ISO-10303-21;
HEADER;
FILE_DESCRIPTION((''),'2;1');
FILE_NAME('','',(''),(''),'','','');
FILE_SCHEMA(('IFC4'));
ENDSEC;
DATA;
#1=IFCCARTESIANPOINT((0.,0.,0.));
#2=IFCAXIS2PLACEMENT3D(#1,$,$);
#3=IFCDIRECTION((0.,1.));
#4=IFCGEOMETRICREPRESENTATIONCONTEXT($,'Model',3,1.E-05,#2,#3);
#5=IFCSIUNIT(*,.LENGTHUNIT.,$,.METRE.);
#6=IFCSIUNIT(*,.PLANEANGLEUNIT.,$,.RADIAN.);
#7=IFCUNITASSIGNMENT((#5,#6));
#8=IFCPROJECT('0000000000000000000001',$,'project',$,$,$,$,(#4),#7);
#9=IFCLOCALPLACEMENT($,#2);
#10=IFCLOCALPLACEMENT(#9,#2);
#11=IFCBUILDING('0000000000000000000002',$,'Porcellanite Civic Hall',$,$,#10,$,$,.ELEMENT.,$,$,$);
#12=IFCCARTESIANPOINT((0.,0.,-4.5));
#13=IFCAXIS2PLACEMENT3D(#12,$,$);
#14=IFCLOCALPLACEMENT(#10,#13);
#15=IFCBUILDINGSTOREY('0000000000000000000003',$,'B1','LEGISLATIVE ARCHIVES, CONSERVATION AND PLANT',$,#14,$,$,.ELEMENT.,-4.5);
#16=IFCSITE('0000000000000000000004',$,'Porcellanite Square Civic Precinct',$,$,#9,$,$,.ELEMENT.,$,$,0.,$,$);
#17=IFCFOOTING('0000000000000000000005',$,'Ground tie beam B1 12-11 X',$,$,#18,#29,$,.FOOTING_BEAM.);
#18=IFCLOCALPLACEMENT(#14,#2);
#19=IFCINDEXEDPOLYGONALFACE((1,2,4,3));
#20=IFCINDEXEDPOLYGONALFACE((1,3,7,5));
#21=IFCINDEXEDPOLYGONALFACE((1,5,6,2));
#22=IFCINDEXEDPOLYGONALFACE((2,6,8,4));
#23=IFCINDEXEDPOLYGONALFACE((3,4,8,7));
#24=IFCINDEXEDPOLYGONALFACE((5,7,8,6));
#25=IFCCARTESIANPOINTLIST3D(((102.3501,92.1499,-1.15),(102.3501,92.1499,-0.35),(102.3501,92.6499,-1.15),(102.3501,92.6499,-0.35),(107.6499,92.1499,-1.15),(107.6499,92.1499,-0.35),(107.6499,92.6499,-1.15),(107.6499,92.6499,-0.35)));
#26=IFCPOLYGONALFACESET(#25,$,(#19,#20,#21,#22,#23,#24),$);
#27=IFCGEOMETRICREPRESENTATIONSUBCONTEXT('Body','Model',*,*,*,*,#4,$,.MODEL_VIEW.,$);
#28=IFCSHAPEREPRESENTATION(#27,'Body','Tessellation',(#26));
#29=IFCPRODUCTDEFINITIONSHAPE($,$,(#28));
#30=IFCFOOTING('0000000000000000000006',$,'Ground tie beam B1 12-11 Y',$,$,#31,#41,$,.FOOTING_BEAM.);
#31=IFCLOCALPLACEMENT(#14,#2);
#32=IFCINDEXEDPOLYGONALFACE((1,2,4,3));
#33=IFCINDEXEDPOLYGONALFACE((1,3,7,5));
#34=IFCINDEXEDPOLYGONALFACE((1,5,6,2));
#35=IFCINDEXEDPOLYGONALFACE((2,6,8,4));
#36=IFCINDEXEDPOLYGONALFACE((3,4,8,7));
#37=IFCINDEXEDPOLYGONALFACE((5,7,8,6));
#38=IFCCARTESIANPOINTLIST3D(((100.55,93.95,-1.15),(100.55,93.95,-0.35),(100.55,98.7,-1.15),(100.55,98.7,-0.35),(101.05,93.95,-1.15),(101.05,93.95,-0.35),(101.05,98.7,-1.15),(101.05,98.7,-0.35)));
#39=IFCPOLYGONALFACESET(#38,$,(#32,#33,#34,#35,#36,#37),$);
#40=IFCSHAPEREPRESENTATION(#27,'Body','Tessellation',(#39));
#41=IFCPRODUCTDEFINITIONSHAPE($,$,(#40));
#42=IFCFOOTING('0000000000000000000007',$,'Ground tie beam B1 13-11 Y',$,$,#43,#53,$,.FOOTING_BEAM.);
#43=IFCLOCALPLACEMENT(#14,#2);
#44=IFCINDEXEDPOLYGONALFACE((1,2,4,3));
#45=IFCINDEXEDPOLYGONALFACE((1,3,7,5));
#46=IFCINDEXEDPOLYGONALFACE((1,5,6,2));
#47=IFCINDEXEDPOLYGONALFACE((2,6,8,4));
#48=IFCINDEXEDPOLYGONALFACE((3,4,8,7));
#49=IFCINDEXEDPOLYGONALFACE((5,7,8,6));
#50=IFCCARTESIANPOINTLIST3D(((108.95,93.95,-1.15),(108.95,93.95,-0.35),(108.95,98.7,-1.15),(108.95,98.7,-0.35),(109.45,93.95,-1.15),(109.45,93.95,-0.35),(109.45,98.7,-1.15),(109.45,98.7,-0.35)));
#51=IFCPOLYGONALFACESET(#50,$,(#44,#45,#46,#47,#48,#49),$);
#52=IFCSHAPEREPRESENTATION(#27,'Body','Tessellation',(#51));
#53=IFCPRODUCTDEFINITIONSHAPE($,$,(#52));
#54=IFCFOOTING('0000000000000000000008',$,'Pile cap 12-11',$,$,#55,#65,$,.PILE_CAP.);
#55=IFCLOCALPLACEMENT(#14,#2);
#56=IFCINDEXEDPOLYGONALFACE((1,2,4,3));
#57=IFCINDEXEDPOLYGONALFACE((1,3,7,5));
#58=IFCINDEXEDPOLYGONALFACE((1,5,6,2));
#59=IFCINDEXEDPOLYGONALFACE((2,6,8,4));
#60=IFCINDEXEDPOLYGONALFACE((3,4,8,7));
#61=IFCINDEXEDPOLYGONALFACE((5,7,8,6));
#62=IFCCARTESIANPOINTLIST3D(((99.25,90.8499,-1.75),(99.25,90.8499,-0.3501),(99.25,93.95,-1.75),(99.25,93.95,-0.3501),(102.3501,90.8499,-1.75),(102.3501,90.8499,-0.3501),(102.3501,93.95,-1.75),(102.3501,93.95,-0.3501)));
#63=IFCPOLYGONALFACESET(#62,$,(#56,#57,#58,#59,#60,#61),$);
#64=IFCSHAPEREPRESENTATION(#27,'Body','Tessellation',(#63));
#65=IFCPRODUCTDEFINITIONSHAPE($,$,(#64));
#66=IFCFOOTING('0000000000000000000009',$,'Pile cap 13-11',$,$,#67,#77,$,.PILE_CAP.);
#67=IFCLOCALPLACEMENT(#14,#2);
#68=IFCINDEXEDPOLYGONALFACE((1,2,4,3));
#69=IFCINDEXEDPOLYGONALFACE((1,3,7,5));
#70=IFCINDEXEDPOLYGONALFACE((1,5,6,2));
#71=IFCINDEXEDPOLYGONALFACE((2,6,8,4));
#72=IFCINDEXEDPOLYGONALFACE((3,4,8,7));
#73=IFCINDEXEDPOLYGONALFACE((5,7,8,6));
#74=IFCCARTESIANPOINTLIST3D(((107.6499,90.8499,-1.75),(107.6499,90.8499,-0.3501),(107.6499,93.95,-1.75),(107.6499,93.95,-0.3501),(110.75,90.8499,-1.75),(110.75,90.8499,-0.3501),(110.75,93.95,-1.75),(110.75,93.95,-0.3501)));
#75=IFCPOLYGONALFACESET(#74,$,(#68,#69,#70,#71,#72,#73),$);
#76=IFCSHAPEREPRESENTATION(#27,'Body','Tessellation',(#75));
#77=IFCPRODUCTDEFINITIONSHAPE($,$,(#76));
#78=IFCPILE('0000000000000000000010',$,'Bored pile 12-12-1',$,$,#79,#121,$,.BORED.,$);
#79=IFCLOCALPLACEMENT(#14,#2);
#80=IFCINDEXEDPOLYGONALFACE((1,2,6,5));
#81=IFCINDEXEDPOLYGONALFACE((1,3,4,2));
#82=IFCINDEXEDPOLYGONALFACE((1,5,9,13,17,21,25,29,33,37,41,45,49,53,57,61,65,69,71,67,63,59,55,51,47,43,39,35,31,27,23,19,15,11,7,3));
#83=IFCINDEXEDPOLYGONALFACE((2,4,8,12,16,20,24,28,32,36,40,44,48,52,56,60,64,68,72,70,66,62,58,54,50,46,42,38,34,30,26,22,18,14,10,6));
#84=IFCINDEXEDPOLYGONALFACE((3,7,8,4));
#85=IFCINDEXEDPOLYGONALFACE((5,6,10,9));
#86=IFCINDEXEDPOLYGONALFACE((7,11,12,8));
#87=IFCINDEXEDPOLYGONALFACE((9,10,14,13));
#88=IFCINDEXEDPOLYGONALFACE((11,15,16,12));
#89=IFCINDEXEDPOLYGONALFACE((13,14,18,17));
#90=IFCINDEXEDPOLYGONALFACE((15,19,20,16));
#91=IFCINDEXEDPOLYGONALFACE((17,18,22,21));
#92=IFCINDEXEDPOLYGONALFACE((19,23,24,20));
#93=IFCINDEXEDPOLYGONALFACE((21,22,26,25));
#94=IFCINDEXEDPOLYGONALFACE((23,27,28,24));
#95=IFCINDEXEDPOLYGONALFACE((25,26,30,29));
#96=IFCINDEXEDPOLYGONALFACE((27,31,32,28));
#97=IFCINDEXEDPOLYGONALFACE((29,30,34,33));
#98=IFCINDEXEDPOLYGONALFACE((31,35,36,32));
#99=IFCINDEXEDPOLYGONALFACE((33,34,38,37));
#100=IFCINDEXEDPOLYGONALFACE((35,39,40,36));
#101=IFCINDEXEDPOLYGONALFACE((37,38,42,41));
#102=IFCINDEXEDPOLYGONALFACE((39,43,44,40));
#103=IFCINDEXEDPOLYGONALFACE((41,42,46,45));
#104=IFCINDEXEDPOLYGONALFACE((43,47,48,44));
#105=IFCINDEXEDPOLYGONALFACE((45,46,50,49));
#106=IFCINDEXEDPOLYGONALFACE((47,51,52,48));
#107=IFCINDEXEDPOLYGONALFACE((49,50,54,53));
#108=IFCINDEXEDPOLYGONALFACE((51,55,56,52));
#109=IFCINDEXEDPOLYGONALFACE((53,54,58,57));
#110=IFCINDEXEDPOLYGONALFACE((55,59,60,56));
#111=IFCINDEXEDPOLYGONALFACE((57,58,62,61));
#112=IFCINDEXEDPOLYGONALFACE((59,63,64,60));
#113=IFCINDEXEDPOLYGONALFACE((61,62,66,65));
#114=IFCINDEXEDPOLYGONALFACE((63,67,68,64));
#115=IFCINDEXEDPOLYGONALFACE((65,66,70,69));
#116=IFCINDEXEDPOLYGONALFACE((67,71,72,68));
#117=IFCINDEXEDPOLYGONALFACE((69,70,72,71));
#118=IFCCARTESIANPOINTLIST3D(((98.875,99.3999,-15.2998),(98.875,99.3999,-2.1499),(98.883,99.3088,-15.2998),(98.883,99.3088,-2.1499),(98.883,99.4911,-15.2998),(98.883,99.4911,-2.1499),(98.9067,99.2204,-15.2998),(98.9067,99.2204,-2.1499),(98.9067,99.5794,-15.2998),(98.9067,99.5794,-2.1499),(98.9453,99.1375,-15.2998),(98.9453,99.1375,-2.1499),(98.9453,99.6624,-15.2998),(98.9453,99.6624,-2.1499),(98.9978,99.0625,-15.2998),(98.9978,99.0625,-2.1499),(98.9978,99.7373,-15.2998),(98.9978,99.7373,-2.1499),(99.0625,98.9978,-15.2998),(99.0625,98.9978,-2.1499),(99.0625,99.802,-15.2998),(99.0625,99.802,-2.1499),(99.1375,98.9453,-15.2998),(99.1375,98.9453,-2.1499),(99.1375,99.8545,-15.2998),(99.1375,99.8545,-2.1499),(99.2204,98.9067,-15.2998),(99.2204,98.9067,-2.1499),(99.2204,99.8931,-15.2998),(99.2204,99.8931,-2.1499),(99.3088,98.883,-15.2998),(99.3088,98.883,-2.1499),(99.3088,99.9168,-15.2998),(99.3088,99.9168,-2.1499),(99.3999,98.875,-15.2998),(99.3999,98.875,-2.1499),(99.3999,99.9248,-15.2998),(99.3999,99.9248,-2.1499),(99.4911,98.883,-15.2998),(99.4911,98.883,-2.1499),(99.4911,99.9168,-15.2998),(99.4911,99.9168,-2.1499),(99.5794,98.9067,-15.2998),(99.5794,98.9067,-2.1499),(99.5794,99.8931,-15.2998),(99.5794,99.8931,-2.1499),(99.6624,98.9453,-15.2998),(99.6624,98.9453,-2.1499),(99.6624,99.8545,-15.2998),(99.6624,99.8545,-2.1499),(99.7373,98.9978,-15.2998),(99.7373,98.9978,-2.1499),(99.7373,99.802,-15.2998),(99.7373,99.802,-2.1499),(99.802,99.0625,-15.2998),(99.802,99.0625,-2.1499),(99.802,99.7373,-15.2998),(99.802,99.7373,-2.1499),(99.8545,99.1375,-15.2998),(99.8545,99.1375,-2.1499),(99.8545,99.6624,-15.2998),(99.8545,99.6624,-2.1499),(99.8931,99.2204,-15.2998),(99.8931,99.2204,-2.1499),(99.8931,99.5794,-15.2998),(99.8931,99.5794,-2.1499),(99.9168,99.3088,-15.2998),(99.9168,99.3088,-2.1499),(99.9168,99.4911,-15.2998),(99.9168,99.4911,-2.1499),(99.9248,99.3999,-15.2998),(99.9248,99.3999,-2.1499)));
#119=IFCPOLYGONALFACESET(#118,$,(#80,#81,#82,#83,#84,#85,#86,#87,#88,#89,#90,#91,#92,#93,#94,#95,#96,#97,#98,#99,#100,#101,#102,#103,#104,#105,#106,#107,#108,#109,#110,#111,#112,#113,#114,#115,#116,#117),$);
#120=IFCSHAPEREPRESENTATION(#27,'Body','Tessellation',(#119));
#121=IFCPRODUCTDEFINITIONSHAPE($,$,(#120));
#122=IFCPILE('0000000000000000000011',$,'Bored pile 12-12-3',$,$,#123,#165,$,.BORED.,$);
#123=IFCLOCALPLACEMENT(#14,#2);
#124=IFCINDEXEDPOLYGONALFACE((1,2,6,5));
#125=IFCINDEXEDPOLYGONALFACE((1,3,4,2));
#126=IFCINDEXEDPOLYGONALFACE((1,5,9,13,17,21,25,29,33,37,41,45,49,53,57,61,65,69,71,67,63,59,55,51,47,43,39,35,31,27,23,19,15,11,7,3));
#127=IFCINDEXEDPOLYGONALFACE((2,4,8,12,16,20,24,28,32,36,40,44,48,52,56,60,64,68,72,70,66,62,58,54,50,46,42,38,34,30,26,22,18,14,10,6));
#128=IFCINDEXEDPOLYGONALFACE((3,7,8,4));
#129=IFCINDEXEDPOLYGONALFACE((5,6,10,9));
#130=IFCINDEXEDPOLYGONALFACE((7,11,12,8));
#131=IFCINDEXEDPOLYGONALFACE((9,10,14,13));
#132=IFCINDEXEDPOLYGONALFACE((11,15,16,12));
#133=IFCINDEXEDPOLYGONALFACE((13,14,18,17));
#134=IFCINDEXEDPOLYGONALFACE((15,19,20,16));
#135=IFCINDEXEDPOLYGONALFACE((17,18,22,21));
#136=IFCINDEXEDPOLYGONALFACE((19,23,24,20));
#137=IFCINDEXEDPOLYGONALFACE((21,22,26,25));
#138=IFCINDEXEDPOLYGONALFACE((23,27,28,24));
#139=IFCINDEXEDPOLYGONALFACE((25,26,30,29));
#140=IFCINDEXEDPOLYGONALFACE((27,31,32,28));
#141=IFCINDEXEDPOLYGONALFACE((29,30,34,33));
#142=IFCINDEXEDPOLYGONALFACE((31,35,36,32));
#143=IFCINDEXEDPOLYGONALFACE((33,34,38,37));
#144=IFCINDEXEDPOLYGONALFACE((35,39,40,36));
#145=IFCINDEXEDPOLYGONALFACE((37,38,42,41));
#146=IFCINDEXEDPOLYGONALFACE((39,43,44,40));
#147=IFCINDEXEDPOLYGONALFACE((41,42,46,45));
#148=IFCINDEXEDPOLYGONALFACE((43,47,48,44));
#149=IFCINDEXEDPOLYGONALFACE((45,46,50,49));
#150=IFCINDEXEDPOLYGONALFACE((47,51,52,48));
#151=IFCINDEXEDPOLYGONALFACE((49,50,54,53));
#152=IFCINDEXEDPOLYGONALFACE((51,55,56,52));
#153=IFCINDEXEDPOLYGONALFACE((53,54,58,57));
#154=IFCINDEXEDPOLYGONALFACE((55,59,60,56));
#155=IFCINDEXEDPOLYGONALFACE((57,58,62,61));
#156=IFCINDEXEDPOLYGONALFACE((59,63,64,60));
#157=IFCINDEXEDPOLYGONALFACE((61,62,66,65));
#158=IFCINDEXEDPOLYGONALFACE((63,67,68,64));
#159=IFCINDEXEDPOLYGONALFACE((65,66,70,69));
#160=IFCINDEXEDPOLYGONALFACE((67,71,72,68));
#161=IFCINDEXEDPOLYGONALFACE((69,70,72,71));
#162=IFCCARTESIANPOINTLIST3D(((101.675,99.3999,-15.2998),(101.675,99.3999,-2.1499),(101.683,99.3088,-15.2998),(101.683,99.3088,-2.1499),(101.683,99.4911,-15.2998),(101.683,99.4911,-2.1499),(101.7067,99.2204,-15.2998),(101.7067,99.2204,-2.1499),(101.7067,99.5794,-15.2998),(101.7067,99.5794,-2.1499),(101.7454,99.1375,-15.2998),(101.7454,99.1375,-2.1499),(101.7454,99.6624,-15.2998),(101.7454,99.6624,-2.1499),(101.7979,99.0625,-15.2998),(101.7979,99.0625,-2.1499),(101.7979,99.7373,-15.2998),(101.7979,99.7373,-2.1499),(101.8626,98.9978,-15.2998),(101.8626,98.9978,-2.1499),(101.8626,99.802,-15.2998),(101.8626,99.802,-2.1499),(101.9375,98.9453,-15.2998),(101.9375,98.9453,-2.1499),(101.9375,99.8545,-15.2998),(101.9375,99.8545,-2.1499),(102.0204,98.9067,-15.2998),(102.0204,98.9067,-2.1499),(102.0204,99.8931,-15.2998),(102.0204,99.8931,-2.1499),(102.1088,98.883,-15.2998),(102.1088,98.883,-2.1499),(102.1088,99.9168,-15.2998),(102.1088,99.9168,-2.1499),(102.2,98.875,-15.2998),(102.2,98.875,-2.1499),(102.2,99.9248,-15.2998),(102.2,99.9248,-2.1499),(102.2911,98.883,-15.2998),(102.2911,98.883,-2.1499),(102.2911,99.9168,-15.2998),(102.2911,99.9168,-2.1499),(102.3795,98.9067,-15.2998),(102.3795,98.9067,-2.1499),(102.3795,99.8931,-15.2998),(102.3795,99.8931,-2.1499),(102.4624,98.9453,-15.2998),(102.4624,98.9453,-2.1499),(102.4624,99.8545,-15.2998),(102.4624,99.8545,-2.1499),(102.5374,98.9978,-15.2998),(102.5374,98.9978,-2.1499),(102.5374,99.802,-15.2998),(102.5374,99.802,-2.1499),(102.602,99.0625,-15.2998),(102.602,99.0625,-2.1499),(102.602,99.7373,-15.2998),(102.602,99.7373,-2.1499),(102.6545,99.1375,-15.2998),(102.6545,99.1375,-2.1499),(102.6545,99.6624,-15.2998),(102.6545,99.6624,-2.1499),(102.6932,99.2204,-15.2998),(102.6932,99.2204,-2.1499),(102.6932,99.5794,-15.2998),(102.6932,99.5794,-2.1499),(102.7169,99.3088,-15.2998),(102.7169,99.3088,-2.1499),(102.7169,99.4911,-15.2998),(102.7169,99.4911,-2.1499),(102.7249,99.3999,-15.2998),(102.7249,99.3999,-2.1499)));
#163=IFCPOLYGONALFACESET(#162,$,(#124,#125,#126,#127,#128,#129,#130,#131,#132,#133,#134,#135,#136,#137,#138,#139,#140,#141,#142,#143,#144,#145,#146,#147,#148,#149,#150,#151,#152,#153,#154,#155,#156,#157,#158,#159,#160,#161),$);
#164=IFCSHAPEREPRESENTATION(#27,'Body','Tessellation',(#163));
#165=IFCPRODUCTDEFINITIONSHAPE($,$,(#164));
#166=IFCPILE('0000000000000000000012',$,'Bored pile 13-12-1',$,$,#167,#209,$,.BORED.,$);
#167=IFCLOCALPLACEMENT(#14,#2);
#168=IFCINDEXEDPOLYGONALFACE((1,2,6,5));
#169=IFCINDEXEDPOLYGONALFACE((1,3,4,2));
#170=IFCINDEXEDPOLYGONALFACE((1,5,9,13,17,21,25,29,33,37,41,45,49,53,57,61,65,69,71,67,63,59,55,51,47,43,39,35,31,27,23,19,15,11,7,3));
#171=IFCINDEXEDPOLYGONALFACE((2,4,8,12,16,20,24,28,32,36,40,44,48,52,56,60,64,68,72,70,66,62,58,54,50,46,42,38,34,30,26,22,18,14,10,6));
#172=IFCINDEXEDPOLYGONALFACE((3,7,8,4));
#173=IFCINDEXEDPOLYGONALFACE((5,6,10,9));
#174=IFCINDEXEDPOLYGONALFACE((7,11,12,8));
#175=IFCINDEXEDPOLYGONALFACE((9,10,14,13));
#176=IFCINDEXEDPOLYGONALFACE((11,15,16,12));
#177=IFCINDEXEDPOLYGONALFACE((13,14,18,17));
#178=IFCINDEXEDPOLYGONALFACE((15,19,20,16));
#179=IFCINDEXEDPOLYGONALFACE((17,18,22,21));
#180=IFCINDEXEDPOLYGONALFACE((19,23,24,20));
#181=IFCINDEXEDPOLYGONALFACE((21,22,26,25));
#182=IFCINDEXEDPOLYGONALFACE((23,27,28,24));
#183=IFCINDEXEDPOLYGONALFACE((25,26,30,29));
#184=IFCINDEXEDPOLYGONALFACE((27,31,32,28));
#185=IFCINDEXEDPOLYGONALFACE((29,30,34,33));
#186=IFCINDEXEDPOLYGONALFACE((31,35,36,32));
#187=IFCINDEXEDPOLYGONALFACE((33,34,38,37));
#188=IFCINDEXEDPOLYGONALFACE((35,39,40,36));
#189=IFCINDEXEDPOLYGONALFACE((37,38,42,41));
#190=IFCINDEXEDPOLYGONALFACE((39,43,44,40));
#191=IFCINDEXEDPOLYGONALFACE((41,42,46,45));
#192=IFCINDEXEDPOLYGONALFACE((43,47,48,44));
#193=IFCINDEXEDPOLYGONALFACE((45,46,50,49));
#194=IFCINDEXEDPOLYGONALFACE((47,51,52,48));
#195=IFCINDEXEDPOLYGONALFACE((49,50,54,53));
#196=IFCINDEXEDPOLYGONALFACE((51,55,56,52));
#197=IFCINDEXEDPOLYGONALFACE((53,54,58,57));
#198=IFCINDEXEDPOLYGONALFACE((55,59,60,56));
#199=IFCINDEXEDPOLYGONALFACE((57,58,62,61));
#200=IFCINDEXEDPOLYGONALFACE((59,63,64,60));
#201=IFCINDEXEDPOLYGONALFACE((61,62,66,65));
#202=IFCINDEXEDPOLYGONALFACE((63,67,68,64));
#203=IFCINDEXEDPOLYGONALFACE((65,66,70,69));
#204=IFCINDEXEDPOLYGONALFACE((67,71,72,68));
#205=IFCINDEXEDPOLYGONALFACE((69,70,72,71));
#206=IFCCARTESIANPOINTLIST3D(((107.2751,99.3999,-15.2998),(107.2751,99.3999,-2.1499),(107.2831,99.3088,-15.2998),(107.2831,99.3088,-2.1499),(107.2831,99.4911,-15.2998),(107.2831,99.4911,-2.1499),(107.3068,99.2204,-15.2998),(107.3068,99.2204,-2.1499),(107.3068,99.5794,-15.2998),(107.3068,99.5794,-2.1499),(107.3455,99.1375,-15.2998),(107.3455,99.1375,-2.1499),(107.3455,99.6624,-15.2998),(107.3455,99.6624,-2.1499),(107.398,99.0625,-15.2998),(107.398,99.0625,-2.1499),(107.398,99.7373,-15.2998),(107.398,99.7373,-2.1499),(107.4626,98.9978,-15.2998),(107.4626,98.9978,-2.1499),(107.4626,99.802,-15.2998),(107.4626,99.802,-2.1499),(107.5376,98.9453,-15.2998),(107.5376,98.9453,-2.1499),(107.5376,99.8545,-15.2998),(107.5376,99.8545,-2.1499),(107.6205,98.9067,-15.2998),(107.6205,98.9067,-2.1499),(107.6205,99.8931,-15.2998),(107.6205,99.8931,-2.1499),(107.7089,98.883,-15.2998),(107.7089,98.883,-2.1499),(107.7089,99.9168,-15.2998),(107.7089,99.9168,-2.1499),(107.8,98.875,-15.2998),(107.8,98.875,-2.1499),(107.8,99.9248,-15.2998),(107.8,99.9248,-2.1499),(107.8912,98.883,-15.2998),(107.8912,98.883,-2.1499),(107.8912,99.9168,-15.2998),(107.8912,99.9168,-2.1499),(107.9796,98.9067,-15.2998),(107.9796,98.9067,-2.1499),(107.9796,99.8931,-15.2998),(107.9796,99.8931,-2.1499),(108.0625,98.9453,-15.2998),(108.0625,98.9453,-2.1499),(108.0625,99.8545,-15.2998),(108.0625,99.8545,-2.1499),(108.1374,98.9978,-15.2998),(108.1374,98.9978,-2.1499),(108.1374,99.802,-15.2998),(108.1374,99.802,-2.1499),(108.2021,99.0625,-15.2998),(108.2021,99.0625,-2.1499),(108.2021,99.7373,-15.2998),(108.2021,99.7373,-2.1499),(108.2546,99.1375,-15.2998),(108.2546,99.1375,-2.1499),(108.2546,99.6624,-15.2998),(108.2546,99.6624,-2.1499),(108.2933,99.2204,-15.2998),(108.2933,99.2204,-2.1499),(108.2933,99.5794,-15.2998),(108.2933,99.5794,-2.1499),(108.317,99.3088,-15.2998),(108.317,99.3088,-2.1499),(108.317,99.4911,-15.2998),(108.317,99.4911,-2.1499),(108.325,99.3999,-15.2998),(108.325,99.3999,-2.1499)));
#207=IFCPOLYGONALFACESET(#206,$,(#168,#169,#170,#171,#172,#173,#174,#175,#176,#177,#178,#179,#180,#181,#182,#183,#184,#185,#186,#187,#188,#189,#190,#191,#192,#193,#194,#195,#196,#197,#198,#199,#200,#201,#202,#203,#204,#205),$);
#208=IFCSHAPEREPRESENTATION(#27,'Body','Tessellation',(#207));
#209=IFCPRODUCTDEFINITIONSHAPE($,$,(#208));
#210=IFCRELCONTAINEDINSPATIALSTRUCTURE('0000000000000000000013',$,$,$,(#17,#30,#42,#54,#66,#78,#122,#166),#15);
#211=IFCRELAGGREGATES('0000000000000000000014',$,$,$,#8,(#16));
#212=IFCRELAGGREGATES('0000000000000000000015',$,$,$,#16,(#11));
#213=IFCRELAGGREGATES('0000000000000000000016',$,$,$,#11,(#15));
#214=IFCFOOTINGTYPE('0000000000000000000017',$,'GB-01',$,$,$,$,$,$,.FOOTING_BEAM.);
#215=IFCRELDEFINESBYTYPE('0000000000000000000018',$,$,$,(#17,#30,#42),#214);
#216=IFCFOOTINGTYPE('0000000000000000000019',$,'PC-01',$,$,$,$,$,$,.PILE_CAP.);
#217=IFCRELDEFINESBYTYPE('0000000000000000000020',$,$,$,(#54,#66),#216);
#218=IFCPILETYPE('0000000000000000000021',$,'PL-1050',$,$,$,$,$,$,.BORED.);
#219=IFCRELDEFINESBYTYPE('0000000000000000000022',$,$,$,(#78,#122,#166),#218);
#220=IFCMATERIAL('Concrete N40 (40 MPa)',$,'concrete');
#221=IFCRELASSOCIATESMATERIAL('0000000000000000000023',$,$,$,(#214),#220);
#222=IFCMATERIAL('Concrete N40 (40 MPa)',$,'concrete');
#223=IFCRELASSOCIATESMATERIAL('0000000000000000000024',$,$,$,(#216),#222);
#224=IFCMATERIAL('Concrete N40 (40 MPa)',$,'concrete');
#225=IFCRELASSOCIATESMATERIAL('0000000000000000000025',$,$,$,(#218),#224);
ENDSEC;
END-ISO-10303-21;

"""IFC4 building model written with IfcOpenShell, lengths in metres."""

from ifc_helpers import new_model, si_unit, direction, frame, origin, origin_2d, place, context, subcontext, project, spatial, rectangle, circle, extrude, material, material_profile, profile_set, type_object, element, save


model = new_model("IFC4")

# Units and contexts
model_context = context("Model", 3, precision=1e-05, world=origin(), true_north=direction((0.0, 1.0)))
body_context = subcontext(model_context, "Body", "Model", "MODEL_VIEW")
ifc_project = project(units=[si_unit("LENGTHUNIT", "METRE"), si_unit("PLANEANGLEUNIT", "RADIAN")], contexts=[model_context])

# Site, building, storey
site_placement = place(None, origin())
site = spatial("IfcSite", under=ifc_project, at=site_placement, Name="Porcellanite Square Civic Precinct", CompositionType="ELEMENT", RefElevation=0.0)
building_placement = place(site_placement, origin())
building = spatial("IfcBuilding", under=site, at=building_placement, Name="Porcellanite Civic Hall", CompositionType="ELEMENT")
storey_placement = place(building_placement, frame((0.0, 0.0, -4.5)))
storey = spatial("IfcBuildingStorey", under=building, at=storey_placement, Name="B1", Description="LEGISLATIVE ARCHIVES, CONSERVATION AND PLANT", CompositionType="ELEMENT", Elevation=-4.5)

# Footings
ifc_material_1 = material(Name="Concrete N40 (40 MPa)", Category="concrete")
ifc_material_profile_1 = material_profile(ifc_material_1, rectangle(XDim=0.5, YDim=0.8, at=origin_2d()), Name="RC-500x800")
ifc_profile_set_1 = profile_set([ifc_material_profile_1], Name="Concrete N40 (40 MPa)")
footing_type_1 = type_object("IfcFootingType", Name="GB-01", PredefinedType="FOOTING_BEAM", material=ifc_profile_set_1)
footing_placement = place(storey_placement, frame((102.3501, 92.3999, -0.75), z_axis=(1.0, 0.0, 0.0), x_axis=(0.0, 1.0, 0.0)))
element("IfcFooting", 1, at=footing_placement, inside=storey, type_object=footing_type_1, Name="Ground tie beam B1 12-11 X", PredefinedType="FOOTING_BEAM", context=body_context, shape_type="SweptSolid", body=[
    extrude(rectangle(XDim=0.5, YDim=0.8, at=origin_2d()), origin(), (0.0, 0.0, 1.0), 5.2998),
])
for number, where, z_axis, x_axis, name in (
    (2, (100.8, 93.95, -0.75), (0.0, 1.0, 0.0), (-1.0, 0.0, 0.0), "Ground tie beam B1 12-11 Y"),
    (3, (109.2, 93.95, -0.75), (0.0, 1.0, 0.0), (-1.0, 0.0, 0.0), "Ground tie beam B1 13-11 Y"),
):
    element("IfcFooting", number, at=place(storey_placement, frame(where, z_axis=z_axis, x_axis=x_axis)), inside=storey, type_object=footing_type_1, Name=name, PredefinedType="FOOTING_BEAM", context=body_context, shape_type="SweptSolid", body=[
        extrude(rectangle(XDim=0.5, YDim=0.8, at=origin_2d()), origin(), (0.0, 0.0, 1.0), 4.75),
    ])
ifc_material_2 = material(Name="Concrete N40 (40 MPa)", Category="concrete")
footing_type_2 = type_object("IfcFootingType", Name="PC-01", PredefinedType="PILE_CAP", material=ifc_material_2)
for number, where, z_axis, x_axis, name in (
    (4, (100.8, 92.3999, -1.75), (0.0, 0.0, 1.0), (1.0, 0.0, 0.0), "Pile cap 12-11"),
    (5, (109.2, 92.3999, -1.75), (0.0, 0.0, 1.0), (1.0, 0.0, 0.0), "Pile cap 13-11"),
):
    element("IfcFooting", number, at=place(storey_placement, frame(where, z_axis=z_axis, x_axis=x_axis)), inside=storey, type_object=footing_type_2, Name=name, PredefinedType="PILE_CAP", context=body_context, shape_type="SweptSolid", body=[
        extrude(rectangle(XDim=3.1001, YDim=3.1001, at=origin_2d()), origin(), (0.0, 0.0, 1.0), 1.3999),
    ])

# Piles
ifc_material_3 = material(Name="Concrete N40 (40 MPa)", Category="concrete")
ifc_material_profile_2 = material_profile(ifc_material_3, circle(Radius=0.5249, at=origin_2d()), Name="PILE-D1050")
ifc_profile_set_2 = profile_set([ifc_material_profile_2], Name="Concrete N40 (40 MPa)")
pile_type_1 = type_object("IfcPileType", Name="PL-1050", PredefinedType="BORED", material=ifc_profile_set_2)
for number, where, z_axis, x_axis, name in (
    (6, (99.3999, 99.3999, -2.1499), (0.0, 0.0, -1.0), (1.0, 0.0, 0.0), "Bored pile 12-12-1"),
    (7, (102.2, 99.3999, -2.1499), (0.0, 0.0, -1.0), (1.0, 0.0, 0.0), "Bored pile 12-12-3"),
    (8, (107.8, 99.3999, -2.1499), (0.0, 0.0, -1.0), (1.0, 0.0, 0.0), "Bored pile 13-12-1"),
):
    element("IfcPile", number, at=place(storey_placement, frame(where, z_axis=z_axis, x_axis=x_axis)), inside=storey, type_object=pile_type_1, Name=name, PredefinedType="BORED", context=body_context, shape_type="SweptSolid", body=[
        extrude(circle(Radius=0.5249, at=origin_2d()), origin(), (0.0, 0.0, 1.0), 13.1499),
    ])

save(model, "model.ifc")
